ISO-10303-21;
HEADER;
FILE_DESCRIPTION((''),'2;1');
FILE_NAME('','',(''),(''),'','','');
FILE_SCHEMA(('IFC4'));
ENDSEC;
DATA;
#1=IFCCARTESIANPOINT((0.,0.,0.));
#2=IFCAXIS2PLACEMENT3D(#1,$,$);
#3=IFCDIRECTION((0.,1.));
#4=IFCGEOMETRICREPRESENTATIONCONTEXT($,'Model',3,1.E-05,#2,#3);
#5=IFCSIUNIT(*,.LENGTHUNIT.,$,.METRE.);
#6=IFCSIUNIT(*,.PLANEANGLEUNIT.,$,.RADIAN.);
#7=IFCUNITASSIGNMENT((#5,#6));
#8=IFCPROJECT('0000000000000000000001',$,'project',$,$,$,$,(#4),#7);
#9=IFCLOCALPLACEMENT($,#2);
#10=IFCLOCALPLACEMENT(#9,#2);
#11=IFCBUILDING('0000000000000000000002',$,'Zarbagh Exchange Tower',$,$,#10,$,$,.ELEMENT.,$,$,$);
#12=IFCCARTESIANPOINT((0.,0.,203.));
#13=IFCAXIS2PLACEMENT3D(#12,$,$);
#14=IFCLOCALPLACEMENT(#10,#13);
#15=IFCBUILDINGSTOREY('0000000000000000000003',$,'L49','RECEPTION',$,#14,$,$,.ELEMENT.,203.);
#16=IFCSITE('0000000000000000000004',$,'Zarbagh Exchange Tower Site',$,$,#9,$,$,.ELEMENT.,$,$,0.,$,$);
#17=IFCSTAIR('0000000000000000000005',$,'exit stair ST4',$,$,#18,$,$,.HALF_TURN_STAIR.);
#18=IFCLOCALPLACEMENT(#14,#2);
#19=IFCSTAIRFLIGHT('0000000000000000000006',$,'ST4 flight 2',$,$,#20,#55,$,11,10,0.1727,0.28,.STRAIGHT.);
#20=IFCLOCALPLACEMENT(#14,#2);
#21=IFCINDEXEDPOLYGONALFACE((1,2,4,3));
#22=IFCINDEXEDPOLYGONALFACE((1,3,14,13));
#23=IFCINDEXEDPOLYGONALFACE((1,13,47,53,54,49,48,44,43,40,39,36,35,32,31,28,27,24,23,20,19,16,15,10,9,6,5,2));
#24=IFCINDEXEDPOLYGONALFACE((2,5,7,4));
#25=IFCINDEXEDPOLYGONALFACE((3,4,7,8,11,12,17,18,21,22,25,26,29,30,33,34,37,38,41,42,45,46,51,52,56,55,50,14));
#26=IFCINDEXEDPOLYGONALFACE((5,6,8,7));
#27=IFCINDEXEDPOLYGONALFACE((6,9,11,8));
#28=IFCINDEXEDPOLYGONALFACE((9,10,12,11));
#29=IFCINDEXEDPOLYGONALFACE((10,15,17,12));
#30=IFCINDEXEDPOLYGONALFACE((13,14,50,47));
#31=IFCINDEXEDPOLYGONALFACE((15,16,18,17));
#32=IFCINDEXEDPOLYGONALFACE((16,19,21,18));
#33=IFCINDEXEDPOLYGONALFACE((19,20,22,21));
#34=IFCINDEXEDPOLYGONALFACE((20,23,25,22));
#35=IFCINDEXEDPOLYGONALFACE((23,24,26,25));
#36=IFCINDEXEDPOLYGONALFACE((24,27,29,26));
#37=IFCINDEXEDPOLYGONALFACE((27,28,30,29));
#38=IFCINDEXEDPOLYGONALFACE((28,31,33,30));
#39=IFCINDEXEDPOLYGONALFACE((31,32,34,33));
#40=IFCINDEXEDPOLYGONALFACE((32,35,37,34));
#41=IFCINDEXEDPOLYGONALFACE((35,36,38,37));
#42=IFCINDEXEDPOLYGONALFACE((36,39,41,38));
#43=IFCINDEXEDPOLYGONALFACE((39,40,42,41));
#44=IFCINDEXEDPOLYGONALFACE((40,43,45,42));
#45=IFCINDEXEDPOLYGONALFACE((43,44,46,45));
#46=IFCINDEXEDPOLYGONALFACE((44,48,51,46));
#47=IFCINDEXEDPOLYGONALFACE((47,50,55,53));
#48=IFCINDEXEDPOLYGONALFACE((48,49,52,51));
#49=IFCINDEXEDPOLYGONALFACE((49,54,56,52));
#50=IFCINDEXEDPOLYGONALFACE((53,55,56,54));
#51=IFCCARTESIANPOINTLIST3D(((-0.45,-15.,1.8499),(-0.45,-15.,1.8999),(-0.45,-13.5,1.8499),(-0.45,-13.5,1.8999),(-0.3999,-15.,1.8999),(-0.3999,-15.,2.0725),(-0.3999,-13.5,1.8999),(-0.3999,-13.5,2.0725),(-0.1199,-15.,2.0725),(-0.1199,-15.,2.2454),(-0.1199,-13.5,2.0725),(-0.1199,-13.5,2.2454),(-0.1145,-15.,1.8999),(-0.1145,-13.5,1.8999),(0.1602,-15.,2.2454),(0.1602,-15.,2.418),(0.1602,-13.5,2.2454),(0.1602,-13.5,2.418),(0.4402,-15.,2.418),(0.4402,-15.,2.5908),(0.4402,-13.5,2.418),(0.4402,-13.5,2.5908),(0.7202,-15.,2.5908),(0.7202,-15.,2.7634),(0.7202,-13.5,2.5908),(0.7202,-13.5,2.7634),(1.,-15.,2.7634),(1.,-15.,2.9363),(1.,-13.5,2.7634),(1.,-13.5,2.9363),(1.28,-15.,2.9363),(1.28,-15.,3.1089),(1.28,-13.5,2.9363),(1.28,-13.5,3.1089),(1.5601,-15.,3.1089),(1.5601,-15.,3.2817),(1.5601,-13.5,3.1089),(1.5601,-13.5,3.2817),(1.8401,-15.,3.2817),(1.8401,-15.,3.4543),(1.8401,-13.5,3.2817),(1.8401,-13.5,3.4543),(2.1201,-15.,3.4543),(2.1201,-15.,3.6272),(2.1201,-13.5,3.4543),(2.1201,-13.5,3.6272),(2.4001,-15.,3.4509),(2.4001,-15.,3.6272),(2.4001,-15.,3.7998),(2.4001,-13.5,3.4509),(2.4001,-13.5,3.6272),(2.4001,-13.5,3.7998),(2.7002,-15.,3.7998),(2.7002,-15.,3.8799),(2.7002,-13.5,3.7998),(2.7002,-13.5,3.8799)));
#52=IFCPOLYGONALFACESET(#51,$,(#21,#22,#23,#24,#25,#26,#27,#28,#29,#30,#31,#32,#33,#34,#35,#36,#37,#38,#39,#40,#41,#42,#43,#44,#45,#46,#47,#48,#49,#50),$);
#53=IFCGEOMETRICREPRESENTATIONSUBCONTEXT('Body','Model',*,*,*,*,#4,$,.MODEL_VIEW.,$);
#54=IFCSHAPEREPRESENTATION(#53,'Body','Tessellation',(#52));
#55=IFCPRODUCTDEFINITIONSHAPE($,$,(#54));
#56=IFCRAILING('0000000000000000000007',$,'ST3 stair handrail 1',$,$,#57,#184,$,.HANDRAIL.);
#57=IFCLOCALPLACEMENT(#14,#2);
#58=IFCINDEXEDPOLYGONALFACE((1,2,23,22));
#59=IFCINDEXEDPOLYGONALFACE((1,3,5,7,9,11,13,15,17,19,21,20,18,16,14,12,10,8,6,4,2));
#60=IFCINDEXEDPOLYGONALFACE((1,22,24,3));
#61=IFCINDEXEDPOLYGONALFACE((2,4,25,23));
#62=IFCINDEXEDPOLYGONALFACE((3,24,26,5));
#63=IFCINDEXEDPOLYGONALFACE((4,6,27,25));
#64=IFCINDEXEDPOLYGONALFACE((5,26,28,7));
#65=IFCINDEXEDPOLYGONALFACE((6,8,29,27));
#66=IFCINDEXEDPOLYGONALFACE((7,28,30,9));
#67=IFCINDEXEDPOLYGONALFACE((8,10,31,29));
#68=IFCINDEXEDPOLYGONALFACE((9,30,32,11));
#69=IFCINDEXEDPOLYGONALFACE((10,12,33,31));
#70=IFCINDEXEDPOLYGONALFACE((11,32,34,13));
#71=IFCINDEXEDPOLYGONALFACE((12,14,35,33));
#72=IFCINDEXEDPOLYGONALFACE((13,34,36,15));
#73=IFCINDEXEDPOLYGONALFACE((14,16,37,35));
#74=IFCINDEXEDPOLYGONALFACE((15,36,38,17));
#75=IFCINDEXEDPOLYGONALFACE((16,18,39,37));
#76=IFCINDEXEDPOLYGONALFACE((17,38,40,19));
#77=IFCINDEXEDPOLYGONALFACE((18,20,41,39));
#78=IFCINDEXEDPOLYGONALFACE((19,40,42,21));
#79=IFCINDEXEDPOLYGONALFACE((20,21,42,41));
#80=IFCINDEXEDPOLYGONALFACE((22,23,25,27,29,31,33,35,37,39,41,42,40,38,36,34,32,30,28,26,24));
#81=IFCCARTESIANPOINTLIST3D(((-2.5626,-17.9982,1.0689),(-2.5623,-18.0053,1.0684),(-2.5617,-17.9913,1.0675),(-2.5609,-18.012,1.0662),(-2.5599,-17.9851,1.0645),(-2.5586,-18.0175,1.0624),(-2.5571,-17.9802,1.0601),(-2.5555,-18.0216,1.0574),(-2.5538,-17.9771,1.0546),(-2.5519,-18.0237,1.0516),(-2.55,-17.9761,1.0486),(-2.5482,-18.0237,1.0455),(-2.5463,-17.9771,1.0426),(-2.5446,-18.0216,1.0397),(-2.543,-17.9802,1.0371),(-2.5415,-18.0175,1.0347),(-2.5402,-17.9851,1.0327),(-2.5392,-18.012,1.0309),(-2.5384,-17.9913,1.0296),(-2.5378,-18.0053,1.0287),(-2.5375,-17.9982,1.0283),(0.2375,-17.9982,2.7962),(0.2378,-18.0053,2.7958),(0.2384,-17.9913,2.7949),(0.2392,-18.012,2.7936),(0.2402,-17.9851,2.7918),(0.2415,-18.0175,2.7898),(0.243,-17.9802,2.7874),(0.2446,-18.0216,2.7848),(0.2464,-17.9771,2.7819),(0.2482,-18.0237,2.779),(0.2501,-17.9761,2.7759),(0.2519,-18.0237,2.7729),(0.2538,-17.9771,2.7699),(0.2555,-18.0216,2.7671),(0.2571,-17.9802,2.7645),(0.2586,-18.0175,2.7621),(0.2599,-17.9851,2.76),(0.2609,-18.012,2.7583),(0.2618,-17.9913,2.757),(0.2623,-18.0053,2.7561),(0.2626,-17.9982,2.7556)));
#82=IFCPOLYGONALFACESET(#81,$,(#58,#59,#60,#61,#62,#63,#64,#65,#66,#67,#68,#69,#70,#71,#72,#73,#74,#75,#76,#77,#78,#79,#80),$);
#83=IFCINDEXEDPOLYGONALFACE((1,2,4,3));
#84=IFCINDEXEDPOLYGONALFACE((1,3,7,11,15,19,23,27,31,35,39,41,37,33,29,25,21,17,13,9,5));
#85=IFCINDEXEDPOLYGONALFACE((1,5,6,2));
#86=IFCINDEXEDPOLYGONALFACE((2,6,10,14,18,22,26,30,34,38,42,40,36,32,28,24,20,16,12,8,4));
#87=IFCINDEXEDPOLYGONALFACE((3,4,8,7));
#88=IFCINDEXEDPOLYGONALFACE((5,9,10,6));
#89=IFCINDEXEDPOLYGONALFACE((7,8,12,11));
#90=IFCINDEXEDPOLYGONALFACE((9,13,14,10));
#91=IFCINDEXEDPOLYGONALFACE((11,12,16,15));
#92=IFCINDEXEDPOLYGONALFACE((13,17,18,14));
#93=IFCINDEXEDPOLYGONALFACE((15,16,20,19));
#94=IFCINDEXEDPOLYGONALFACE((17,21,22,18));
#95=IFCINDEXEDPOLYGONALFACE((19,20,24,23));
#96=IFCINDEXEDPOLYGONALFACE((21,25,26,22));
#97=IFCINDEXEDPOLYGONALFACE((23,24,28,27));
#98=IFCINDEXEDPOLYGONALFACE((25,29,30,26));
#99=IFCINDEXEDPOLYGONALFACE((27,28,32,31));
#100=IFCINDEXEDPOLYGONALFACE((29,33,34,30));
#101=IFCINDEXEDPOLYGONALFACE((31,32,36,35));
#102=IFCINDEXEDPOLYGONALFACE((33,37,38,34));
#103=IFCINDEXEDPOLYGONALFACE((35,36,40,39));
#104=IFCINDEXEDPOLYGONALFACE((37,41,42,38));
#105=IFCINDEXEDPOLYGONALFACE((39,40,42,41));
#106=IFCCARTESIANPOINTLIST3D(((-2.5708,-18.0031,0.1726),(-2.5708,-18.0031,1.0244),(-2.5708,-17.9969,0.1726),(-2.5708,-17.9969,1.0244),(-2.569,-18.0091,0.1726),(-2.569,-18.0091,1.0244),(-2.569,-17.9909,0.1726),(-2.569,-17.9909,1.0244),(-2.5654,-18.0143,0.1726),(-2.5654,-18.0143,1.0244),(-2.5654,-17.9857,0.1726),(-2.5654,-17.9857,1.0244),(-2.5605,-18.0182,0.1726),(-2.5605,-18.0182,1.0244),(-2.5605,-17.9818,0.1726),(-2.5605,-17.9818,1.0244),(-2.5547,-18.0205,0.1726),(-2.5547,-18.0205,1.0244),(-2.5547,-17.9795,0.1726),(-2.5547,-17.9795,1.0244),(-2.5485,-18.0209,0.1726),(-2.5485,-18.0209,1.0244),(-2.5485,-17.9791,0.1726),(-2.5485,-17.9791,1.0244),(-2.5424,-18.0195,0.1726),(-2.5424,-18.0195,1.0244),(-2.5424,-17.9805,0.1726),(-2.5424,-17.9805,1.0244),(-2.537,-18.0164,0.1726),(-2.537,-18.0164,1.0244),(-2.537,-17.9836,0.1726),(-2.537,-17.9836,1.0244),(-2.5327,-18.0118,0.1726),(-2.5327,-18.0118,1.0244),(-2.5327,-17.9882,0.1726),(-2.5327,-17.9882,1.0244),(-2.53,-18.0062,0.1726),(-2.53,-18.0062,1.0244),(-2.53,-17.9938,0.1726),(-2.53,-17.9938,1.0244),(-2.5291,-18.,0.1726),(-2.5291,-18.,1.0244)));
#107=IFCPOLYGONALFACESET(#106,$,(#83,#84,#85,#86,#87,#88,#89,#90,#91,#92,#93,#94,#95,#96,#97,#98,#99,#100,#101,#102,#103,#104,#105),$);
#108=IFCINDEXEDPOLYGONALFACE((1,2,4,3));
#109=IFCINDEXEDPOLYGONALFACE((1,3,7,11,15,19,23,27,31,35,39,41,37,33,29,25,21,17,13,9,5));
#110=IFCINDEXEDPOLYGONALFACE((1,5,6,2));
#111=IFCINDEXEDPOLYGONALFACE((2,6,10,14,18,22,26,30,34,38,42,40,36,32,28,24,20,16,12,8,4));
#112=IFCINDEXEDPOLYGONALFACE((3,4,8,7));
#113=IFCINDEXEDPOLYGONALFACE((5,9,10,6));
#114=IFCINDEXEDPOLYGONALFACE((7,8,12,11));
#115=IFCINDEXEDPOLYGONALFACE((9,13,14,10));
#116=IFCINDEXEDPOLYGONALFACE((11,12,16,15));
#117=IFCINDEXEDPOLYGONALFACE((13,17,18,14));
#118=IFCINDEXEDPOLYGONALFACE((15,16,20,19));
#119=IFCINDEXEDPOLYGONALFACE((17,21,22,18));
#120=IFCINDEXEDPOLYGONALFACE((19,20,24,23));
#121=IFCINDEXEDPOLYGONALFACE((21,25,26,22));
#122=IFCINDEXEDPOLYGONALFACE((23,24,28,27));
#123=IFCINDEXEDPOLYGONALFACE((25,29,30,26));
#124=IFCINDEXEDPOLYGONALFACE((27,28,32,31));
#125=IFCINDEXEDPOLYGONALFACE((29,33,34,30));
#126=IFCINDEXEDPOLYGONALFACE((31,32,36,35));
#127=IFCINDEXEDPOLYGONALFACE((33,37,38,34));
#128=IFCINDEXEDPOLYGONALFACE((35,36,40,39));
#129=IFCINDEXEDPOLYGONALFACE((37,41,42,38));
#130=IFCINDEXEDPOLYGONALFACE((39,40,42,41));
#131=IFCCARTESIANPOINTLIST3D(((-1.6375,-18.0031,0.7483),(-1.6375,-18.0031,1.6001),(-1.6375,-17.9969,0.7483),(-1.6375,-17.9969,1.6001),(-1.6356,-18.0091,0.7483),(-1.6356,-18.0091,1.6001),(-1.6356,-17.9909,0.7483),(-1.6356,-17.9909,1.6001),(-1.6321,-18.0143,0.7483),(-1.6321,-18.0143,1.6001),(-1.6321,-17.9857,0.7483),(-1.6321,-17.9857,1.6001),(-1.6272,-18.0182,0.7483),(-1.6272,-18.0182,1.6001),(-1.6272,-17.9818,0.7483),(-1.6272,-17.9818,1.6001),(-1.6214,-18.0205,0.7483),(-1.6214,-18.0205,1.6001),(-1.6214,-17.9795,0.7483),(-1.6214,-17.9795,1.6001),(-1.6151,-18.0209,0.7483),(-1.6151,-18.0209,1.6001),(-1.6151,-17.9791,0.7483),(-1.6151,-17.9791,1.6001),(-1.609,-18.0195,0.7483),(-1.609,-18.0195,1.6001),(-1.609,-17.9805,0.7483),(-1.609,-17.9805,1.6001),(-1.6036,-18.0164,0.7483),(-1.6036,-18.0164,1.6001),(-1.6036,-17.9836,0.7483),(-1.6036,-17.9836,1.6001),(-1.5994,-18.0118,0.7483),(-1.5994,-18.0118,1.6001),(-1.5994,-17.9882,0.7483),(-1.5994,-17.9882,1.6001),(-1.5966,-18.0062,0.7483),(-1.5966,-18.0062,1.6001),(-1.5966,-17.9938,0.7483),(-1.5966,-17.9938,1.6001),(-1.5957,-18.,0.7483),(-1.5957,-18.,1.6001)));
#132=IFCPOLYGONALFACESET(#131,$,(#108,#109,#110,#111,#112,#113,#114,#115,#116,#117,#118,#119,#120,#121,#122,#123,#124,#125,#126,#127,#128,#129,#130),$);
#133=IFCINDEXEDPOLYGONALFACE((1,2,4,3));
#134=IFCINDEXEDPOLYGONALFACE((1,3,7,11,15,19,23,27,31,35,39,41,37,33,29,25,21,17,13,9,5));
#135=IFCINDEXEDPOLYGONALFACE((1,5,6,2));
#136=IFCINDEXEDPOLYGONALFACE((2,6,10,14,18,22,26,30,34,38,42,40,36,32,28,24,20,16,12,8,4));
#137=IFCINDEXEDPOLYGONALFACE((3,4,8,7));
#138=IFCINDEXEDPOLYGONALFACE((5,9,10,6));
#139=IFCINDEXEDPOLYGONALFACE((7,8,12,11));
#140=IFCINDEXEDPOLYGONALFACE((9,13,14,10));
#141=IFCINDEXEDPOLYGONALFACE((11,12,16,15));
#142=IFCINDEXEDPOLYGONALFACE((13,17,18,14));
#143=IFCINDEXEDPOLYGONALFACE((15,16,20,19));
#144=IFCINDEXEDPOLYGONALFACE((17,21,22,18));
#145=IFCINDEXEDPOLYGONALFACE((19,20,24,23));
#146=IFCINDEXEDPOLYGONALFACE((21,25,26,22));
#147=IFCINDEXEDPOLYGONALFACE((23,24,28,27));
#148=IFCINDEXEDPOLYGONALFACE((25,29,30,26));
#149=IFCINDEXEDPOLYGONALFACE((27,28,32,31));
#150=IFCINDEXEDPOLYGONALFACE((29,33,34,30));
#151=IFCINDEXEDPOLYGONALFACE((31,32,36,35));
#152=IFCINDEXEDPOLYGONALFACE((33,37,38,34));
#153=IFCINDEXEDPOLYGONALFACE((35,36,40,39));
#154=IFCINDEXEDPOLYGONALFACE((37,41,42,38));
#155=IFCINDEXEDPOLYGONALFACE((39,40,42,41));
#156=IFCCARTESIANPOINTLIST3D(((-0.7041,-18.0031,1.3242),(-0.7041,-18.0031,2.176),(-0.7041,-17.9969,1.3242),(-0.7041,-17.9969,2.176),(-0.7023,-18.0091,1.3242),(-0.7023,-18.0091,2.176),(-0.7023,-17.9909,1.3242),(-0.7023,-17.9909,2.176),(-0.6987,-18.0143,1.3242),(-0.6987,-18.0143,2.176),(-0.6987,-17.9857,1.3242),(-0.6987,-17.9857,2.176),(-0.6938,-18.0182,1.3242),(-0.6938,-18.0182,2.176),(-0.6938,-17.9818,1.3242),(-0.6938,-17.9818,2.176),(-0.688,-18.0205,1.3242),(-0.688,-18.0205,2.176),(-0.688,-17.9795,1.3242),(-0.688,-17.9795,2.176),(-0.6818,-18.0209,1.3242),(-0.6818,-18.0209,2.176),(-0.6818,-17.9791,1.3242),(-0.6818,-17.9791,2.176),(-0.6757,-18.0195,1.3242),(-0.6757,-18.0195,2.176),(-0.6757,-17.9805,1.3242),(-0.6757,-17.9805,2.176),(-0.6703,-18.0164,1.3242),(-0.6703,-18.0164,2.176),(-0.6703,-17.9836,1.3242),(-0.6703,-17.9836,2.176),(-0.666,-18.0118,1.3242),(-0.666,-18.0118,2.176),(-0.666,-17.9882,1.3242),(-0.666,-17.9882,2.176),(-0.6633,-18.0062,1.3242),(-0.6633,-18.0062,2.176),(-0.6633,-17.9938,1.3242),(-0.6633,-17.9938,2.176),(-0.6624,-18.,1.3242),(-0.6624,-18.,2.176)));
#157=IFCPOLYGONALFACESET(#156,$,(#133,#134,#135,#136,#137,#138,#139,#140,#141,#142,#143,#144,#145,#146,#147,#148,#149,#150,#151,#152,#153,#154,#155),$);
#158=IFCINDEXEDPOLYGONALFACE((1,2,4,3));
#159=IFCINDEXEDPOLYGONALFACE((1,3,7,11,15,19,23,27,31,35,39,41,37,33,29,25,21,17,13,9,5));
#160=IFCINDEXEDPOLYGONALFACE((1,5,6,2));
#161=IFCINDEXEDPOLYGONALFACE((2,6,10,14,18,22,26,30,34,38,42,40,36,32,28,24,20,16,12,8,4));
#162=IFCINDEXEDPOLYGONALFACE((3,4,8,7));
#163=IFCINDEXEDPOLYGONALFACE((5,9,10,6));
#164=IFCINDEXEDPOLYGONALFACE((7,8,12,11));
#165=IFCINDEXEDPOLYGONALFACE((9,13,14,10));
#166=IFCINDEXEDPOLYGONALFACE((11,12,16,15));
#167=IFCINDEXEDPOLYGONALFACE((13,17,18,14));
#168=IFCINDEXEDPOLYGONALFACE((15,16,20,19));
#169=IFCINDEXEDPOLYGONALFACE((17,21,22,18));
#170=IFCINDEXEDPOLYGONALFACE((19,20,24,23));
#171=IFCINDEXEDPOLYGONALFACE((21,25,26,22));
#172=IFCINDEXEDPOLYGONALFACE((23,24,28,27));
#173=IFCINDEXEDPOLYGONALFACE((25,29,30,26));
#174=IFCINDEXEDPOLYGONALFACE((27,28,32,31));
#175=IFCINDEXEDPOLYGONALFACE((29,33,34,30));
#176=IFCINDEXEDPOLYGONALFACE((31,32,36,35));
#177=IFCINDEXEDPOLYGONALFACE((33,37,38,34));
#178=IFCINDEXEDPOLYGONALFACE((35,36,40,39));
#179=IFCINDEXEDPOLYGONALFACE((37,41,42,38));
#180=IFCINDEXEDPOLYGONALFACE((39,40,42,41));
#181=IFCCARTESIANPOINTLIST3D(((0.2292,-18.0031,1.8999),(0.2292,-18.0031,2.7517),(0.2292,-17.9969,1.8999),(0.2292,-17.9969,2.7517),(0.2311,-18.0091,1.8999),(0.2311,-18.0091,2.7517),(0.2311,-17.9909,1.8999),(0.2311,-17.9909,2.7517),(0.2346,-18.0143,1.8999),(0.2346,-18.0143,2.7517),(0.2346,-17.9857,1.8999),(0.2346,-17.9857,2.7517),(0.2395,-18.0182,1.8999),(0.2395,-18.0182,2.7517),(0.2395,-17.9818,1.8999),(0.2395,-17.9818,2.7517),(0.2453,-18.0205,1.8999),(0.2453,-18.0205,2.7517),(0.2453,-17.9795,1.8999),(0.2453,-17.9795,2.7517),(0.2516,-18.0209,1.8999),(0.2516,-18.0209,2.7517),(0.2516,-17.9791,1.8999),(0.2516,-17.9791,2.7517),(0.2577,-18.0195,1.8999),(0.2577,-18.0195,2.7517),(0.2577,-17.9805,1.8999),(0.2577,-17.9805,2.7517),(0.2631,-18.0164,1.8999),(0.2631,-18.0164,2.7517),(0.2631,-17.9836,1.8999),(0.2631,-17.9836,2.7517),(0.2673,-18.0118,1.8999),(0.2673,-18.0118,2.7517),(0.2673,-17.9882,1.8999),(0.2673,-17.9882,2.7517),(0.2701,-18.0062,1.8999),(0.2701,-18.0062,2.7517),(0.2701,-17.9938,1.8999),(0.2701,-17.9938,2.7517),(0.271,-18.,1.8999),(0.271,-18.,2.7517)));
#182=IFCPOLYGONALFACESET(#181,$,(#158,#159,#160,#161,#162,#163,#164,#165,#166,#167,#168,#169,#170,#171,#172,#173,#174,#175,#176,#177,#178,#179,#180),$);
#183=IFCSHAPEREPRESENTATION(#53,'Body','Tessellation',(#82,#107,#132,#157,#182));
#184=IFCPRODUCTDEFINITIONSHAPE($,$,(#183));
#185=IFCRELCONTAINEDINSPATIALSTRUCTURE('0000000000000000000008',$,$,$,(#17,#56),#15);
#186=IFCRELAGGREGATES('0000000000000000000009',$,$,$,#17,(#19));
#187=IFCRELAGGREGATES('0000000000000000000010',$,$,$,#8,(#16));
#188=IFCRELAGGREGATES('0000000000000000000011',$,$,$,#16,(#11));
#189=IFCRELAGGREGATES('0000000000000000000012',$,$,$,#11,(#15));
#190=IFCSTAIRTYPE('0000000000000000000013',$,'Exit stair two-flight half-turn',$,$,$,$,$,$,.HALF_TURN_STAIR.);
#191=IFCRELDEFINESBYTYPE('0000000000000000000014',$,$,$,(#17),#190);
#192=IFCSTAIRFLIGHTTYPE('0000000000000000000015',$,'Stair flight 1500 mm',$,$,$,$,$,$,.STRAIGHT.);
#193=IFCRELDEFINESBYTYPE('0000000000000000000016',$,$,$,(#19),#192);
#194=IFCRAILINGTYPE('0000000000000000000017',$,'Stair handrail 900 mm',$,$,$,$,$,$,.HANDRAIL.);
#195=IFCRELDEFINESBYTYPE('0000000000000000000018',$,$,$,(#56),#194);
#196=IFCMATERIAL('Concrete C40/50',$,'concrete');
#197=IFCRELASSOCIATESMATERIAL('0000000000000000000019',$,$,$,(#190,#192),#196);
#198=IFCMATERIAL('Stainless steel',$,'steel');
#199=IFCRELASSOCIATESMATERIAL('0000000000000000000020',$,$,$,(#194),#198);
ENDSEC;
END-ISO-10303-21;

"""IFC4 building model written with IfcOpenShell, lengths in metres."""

from ifc_helpers import new_model, si_unit, direction, frame, origin, origin_2d, place, context, subcontext, project, spatial, polyline, circle, outline, extrude, material, type_object, element, aggregate, save


model = new_model("IFC4")

# Units and contexts
model_context = context("Model", 3, precision=1e-05, world=origin(), true_north=direction((0.0, 1.0)))
body_context = subcontext(model_context, "Body", "Model", "MODEL_VIEW")
ifc_project = project(units=[si_unit("LENGTHUNIT", "METRE"), si_unit("PLANEANGLEUNIT", "RADIAN")], contexts=[model_context])

# Site, building, storey
site_placement = place(None, origin())
site = spatial("IfcSite", under=ifc_project, at=site_placement, Name="Zarbagh Exchange Tower Site", CompositionType="ELEMENT", RefElevation=0.0)
building_placement = place(site_placement, origin())
building = spatial("IfcBuilding", under=site, at=building_placement, Name="Zarbagh Exchange Tower", CompositionType="ELEMENT")
storey_placement = place(building_placement, frame((0.0, 0.0, 203.0)))
storey = spatial("IfcBuildingStorey", under=building, at=storey_placement, Name="L49", Description="RECEPTION", CompositionType="ELEMENT", Elevation=203.0)

# Shared definitions
ifc_material_1 = material(Name="Concrete C40/50", Category="concrete")

# Shared definitions
ifc_material_2 = material(Name="Stainless steel", Category="steel")

# Stair, stair flight
stair_type = type_object("IfcStairType", Name="Exit stair two-flight half-turn", PredefinedType="HALF_TURN_STAIR", material=ifc_material_1)
stair_1_placement = place(storey_placement, origin())
stair_1 = element("IfcStair", 1, at=stair_1_placement, inside=storey, type_object=stair_type, Name="exit stair ST4", PredefinedType="HALF_TURN_STAIR")
stair_flight_type_1 = type_object("IfcStairFlightType", Name="Stair flight 1500 mm", PredefinedType="STRAIGHT", material=ifc_material_1)
stair_flight_1_placement = place(storey_placement, frame((-0.3999, -14.25, 1.8999), z_axis=(0.0, 0.0, 1.0), x_axis=(1.0, 0.0, 0.0)))
stair_flight_1 = element("IfcStairFlight", 2, at=stair_flight_1_placement, type_object=stair_flight_type_1, Name="ST4 flight 2", NumberOfRisers=11, NumberOfTreads=10, PredefinedType="STRAIGHT", RiserHeight=0.1727, TreadLength=0.28, context=body_context, shape_type="SweptSolid", body=[
    extrude(outline(polyline([(-0.05, -0.05), (-0.05, 0.0), (0.0, 0.0), (0.0, 0.1726), (0.28, 0.1726), (0.28, 0.3455), (0.5601, 0.3455), (0.5601, 0.5181), (0.8401, 0.5181), (0.8401, 0.6909), (1.1201, 0.6909), (1.1201, 0.8635), (1.3999, 0.8635), (1.3999, 1.0364), (1.6799, 1.0364), (1.6799, 1.209), (1.96, 1.209), (1.96, 1.3818), (2.24, 1.3818), (2.24, 1.5544), (2.52, 1.5544), (2.52, 1.7273), (2.8, 1.7273), (2.8, 1.8999), (3.1001, 1.98), (3.1001, 1.8999), (2.8, 1.551), (0.2854, 0.0), (-0.05, -0.05)])), frame((0.0, 0.75, 0.0), z_axis=(0.0, -1.0, 0.0), x_axis=(1.0, 0.0, 0.0)), (0.0, 0.0, 1.0), 1.5),
])
aggregate(stair_1, [stair_flight_1])

# Railing
railing_type_1 = type_object("IfcRailingType", Name="Stair handrail 900 mm", PredefinedType="HANDRAIL", material=ifc_material_2)
railing_1_placement = place(storey_placement, frame((-2.55, -18.0, 0.1726)))
element("IfcRailing", 3, at=railing_1_placement, inside=storey, type_object=railing_type_1, Name="ST3 stair handrail 1", PredefinedType="HANDRAIL", context=body_context, shape_type="SweptSolid", body=[
    extrude(circle(Radius=0.0239, at=origin_2d()), frame((0.0, 0.0, 0.876), z_axis=(0.85109, 0.0, 0.52502), x_axis=(0.0, 1.0, 0.0)), (0.0, 0.0, 1.0), 3.29),
    extrude(circle(Radius=0.021, at=origin_2d()), origin(), (0.0, 0.0, 1.0), 0.8518),
    extrude(circle(Radius=0.021, at=origin_2d()), frame((0.9333, 0.0, 0.5757)), (0.0, 0.0, 1.0), 0.8518),
    extrude(circle(Radius=0.021, at=origin_2d()), frame((1.8667, 0.0, 1.1516)), (0.0, 0.0, 1.0), 0.8518),
    extrude(circle(Radius=0.021, at=origin_2d()), frame((2.8, 0.0, 1.7273)), (0.0, 0.0, 1.0), 0.8518),
])

save(model, "model.ifc")
